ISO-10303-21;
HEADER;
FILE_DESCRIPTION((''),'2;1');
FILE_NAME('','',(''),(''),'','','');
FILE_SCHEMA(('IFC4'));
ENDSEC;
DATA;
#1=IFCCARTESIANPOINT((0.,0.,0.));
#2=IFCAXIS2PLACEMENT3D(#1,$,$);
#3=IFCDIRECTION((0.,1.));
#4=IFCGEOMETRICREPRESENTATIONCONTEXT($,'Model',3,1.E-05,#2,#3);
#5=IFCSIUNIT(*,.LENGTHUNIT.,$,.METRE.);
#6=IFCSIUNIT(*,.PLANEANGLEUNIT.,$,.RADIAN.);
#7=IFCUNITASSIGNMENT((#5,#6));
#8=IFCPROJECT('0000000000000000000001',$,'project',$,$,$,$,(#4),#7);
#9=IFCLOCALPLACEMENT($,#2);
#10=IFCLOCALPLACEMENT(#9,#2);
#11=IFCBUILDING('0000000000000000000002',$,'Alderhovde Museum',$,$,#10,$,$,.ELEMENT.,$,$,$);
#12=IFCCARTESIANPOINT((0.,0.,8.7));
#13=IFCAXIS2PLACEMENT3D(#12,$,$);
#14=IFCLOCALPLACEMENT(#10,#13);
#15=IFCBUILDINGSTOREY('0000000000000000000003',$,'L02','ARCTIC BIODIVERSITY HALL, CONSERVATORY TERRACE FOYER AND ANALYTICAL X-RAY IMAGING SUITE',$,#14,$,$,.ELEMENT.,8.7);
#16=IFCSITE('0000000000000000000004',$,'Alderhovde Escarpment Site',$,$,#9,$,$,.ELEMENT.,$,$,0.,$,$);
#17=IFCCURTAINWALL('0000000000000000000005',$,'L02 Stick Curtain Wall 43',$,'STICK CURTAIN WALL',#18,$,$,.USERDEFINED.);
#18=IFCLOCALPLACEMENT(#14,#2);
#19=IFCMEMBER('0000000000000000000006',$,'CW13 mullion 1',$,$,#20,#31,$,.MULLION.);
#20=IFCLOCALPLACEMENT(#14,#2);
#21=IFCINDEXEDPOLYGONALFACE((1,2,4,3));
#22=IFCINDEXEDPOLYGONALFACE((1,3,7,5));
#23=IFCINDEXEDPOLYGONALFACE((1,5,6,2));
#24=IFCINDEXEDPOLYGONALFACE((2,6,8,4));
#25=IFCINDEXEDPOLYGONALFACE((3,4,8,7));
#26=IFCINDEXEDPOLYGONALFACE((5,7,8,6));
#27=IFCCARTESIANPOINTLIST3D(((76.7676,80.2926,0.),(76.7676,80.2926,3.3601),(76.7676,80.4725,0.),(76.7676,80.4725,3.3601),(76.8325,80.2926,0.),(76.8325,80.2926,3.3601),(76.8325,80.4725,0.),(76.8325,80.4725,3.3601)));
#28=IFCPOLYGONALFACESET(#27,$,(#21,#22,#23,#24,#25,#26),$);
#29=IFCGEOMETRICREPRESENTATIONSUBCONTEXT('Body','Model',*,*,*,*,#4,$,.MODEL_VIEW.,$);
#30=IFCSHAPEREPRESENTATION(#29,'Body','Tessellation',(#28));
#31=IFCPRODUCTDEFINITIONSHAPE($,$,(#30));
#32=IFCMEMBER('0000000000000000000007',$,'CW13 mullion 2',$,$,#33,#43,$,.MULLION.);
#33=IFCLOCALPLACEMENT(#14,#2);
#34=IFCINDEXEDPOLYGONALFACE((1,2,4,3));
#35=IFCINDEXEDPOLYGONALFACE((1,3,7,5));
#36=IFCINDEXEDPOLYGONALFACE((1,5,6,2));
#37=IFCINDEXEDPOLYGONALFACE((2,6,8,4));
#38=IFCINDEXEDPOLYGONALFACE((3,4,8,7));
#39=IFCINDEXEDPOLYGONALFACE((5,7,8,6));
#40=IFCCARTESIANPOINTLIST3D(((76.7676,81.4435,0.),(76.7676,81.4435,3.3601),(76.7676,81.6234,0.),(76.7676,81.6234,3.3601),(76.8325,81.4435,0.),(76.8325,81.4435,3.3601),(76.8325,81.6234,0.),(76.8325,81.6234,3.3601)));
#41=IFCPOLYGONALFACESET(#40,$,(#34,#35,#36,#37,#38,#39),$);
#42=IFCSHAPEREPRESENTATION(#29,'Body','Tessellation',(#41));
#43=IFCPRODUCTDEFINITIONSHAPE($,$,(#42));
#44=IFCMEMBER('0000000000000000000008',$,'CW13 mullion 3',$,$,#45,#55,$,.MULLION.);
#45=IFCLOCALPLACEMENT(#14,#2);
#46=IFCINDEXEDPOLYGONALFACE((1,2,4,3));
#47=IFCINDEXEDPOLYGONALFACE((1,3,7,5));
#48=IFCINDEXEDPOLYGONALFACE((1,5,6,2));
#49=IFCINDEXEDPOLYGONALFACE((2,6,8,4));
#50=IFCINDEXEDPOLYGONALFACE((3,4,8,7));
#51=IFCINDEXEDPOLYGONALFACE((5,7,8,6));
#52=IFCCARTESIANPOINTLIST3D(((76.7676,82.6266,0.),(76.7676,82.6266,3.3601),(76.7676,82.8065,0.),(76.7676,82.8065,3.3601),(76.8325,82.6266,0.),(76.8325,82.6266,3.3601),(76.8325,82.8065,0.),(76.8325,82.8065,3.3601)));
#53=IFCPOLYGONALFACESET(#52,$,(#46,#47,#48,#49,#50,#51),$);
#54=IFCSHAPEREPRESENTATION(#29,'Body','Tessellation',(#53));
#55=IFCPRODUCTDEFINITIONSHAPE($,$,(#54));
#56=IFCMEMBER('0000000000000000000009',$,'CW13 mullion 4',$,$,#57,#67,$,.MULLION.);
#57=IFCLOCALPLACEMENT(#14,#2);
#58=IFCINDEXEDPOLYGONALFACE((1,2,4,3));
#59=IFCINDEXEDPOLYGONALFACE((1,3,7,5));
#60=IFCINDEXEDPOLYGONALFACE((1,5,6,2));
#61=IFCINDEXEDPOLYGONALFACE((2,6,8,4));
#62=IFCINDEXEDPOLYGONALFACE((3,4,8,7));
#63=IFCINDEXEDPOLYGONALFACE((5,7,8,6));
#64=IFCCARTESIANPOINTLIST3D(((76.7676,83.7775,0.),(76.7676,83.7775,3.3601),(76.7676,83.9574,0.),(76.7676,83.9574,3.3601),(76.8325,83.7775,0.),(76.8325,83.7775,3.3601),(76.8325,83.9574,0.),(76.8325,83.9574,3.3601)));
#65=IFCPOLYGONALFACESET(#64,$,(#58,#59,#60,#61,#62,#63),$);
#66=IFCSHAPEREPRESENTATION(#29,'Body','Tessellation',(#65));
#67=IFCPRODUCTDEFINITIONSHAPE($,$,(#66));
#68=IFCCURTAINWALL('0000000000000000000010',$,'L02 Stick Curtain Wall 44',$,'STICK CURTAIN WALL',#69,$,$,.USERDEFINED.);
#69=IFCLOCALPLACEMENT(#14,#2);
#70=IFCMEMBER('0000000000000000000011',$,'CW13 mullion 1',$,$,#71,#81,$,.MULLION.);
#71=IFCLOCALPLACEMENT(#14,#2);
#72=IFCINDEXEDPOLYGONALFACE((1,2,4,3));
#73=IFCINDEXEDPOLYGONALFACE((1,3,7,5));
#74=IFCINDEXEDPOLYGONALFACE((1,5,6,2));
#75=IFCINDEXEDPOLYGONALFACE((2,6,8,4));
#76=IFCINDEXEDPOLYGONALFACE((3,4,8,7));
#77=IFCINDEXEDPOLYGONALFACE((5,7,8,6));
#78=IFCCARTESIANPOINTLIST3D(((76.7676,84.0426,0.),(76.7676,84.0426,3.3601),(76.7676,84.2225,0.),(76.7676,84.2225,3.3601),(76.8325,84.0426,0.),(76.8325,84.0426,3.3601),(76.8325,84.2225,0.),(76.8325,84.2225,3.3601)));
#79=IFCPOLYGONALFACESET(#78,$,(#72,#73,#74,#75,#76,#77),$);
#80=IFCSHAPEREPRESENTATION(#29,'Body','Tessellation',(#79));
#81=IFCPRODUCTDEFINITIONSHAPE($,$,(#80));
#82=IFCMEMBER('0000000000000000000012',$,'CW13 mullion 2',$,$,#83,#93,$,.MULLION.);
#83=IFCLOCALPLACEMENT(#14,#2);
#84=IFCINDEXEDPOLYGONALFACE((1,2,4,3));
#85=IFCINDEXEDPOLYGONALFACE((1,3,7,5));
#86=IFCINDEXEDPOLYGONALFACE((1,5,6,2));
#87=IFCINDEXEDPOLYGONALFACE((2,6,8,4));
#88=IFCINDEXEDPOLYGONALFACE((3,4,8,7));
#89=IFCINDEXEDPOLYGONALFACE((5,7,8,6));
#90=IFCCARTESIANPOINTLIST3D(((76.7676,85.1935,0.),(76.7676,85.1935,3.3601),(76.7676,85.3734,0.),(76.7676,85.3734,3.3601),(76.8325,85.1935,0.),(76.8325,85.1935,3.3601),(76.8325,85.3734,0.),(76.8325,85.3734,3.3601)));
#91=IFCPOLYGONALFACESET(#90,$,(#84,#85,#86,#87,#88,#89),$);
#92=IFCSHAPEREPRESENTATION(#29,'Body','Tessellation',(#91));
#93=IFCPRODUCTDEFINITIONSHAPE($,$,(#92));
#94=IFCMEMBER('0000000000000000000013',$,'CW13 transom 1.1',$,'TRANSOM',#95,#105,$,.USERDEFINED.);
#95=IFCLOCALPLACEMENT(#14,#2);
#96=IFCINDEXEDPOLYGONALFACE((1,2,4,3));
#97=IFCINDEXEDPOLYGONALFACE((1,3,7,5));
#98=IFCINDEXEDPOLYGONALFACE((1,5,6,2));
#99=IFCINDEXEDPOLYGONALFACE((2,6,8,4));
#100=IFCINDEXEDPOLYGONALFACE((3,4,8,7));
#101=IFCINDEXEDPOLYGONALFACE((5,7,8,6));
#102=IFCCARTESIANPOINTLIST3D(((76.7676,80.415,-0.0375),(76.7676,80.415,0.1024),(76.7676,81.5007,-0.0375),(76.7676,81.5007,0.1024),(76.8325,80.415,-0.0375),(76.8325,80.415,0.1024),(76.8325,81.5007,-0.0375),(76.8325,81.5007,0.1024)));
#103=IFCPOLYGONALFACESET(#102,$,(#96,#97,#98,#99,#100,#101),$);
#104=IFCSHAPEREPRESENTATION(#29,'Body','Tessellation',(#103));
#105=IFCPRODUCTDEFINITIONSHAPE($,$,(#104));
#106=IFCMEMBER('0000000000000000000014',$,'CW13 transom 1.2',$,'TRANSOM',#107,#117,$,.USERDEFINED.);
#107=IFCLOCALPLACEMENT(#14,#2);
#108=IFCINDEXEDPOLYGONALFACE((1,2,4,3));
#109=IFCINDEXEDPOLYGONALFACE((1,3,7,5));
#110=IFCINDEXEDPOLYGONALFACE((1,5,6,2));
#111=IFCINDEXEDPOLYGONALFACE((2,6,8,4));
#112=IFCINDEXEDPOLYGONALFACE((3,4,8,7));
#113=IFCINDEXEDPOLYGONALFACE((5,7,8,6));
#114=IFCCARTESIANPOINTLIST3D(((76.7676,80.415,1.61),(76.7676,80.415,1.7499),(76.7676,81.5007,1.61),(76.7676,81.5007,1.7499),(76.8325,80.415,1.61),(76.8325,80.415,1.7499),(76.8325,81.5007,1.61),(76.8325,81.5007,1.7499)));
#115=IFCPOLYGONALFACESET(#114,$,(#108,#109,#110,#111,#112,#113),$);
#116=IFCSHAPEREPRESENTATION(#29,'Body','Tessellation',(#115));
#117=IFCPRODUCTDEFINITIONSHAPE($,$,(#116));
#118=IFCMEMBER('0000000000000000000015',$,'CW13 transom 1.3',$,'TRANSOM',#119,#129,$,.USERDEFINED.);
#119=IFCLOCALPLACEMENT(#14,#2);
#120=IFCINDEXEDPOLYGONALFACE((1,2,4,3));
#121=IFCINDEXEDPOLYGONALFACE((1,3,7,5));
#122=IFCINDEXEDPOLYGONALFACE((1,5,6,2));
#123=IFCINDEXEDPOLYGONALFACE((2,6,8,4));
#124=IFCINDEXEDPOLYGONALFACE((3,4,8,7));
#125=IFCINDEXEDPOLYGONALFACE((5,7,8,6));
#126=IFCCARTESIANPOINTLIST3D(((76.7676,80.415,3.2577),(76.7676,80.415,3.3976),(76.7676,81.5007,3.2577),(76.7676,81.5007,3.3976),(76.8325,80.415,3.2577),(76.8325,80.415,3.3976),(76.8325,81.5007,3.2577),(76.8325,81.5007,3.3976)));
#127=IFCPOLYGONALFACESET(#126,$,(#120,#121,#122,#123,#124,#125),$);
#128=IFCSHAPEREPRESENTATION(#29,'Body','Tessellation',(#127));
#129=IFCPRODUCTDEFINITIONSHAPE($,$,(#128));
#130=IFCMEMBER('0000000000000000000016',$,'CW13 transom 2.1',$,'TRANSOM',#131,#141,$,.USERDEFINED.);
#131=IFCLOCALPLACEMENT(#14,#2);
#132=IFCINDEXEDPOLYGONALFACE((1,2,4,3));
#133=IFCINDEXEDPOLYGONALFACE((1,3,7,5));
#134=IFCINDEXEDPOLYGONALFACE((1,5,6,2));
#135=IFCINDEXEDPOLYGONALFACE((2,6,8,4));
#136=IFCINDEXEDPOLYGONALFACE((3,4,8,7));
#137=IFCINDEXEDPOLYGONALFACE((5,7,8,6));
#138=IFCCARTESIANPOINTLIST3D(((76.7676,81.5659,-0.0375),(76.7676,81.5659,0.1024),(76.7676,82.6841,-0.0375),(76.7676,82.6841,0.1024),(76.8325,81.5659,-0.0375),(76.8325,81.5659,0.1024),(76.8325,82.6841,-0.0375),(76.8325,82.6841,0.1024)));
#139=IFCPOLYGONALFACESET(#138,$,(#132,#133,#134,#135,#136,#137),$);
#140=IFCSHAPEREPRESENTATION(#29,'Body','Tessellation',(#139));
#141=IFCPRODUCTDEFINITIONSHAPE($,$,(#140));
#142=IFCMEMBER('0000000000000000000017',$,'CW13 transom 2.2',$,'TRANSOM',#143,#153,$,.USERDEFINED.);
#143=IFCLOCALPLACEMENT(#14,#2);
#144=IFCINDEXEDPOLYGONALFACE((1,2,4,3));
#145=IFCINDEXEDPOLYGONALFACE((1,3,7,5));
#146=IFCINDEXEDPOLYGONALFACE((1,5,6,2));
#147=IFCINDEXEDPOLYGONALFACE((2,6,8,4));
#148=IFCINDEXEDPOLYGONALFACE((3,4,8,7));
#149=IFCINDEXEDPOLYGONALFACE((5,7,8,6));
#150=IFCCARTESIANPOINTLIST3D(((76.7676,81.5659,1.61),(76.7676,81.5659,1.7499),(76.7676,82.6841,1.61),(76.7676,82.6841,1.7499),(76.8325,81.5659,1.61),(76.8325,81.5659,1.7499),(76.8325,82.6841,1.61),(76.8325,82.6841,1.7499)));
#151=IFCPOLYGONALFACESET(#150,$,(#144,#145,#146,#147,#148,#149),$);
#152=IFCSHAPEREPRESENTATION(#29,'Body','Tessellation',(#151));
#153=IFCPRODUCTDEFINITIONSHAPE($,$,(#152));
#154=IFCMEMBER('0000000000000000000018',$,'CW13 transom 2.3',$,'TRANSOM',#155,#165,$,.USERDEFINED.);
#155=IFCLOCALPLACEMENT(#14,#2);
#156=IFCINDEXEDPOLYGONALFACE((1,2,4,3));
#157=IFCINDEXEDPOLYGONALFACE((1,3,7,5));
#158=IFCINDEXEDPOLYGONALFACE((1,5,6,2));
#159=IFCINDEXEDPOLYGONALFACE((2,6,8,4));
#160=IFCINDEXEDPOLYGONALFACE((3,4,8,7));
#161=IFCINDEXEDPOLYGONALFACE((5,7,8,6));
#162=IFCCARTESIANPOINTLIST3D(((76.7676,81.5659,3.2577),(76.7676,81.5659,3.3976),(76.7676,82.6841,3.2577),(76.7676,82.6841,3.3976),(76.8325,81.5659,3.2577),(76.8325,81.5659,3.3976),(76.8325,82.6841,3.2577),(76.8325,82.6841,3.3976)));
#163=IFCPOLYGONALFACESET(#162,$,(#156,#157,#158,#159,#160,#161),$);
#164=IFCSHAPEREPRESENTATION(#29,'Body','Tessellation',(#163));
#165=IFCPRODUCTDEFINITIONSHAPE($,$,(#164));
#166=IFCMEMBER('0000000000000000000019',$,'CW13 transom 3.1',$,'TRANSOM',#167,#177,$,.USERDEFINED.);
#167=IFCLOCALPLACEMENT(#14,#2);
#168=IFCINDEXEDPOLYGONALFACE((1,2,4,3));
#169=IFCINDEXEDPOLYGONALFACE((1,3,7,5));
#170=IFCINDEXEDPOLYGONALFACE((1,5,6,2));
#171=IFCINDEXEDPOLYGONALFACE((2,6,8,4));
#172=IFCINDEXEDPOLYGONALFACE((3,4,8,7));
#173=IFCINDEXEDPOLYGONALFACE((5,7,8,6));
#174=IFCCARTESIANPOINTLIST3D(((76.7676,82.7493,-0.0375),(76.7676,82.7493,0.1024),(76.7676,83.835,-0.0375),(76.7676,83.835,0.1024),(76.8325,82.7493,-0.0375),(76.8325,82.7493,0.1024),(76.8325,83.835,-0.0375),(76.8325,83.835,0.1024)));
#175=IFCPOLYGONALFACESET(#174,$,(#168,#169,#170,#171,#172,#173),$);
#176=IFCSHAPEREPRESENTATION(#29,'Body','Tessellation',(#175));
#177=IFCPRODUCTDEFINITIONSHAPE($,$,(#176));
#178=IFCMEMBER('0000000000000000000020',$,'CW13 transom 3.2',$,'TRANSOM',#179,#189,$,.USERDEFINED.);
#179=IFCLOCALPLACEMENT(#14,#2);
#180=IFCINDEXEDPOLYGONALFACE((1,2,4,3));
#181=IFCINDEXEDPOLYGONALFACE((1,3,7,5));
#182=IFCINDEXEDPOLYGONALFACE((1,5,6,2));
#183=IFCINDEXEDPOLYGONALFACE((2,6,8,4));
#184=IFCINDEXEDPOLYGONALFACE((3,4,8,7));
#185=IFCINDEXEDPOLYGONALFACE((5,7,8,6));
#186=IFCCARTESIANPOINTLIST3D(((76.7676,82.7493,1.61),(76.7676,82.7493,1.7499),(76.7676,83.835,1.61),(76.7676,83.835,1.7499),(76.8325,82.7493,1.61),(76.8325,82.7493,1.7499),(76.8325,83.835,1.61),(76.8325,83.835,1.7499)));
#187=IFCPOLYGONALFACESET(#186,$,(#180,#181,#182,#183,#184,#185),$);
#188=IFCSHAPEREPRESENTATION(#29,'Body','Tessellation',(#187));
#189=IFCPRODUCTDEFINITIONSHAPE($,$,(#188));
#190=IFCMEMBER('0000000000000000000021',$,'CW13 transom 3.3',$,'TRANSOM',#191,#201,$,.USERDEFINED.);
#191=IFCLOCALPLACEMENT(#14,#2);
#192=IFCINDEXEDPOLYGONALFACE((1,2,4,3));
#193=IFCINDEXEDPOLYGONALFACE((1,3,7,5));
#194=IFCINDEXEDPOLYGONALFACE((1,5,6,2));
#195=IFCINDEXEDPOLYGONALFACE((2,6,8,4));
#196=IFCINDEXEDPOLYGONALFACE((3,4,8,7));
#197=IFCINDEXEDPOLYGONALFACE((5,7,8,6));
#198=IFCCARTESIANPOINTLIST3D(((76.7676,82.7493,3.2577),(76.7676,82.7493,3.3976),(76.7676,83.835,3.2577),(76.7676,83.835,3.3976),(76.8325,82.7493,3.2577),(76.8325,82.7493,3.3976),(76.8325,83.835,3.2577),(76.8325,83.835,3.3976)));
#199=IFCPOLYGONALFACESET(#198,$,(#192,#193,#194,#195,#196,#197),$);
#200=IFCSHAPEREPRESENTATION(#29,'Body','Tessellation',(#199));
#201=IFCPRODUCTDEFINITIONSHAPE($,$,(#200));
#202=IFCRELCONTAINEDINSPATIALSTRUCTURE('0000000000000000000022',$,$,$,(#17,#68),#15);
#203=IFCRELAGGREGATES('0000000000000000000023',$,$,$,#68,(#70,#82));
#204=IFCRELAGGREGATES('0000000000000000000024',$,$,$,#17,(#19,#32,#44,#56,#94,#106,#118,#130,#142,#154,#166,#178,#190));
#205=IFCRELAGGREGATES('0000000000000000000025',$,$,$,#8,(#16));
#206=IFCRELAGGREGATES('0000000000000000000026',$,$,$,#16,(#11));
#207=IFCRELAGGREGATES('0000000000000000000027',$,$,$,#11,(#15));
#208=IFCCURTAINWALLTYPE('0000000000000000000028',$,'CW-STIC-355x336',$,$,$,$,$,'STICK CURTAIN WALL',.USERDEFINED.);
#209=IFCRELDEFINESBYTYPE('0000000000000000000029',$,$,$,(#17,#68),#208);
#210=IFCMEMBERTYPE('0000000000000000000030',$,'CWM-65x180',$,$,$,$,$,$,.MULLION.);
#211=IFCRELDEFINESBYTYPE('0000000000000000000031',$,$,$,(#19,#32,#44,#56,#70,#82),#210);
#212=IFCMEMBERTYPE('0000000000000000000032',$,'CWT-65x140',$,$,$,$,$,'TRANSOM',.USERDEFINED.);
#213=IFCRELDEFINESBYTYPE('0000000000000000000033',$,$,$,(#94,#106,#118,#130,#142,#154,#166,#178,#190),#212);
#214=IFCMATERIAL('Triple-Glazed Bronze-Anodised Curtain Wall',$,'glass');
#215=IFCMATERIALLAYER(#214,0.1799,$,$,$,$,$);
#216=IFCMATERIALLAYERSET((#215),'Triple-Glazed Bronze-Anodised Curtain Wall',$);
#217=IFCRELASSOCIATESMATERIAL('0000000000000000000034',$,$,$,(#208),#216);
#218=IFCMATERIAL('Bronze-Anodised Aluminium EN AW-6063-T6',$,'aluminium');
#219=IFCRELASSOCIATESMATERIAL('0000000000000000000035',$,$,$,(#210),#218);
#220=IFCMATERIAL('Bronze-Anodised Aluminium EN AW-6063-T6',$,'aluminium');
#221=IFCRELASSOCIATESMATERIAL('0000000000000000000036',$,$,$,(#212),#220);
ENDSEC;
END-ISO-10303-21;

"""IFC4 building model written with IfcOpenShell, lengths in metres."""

from ifc_helpers import new_model, si_unit, direction, frame, origin, origin_2d, place, context, subcontext, project, spatial, rectangle, extrude, material, layer, layer_set, material_profile, profile_set, type_object, element, aggregate, save


model = new_model("IFC4")

# Units and contexts
model_context = context("Model", 3, precision=1e-05, world=origin(), true_north=direction((0.0, 1.0)))
body_context = subcontext(model_context, "Body", "Model", "MODEL_VIEW")
ifc_project = project(units=[si_unit("LENGTHUNIT", "METRE"), si_unit("PLANEANGLEUNIT", "RADIAN")], contexts=[model_context])

# Site, building, storey
site_placement = place(None, origin())
site = spatial("IfcSite", under=ifc_project, at=site_placement, Name="Alderhovde Escarpment Site", CompositionType="ELEMENT", RefElevation=0.0)
building_placement = place(site_placement, origin())
building = spatial("IfcBuilding", under=site, at=building_placement, Name="Alderhovde Museum", CompositionType="ELEMENT")
storey_placement = place(building_placement, frame((0.0, 0.0, 8.7)))
storey = spatial("IfcBuildingStorey", under=building, at=storey_placement, Name="L02", Description="ARCTIC BIODIVERSITY HALL, CONSERVATORY TERRACE FOYER AND ANALYTICAL X-RAY IMAGING SUITE", CompositionType="ELEMENT", Elevation=8.7)

# Curtain walls, members
ifc_material_1 = material(Name="Triple-Glazed Bronze-Anodised Curtain Wall", Category="glass")
ifc_layer_1 = layer(ifc_material_1, 0.1799)
ifc_layer_set_1 = layer_set([ifc_layer_1], Name="Triple-Glazed Bronze-Anodised Curtain Wall")
curtain_wall_type = type_object("IfcCurtainWallType", Name="CW-STIC-355x336", ElementType="STICK CURTAIN WALL", PredefinedType="USERDEFINED", material=ifc_layer_set_1)
curtain_wall_1_placement = place(storey_placement, origin())
curtain_wall_1 = element("IfcCurtainWall", 1, at=curtain_wall_1_placement, inside=storey, type_object=curtain_wall_type, Name="L02 Stick Curtain Wall 43", ObjectType="STICK CURTAIN WALL", PredefinedType="USERDEFINED")
ifc_material_2 = material(Name="Bronze-Anodised Aluminium EN AW-6063-T6", Category="aluminium")
ifc_material_profile_1 = material_profile(ifc_material_2, rectangle(XDim=0.0649, YDim=0.1799, at=origin_2d()), Name="MULLION 65x180")
ifc_profile_set_1 = profile_set([ifc_material_profile_1], Name="Bronze-Anodised Aluminium EN AW-6063-T6")
member_type_1 = type_object("IfcMemberType", Name="CWM-65x180", PredefinedType="MULLION", material=ifc_profile_set_1)
member_1_placement = place(storey_placement, frame((76.8, 80.3826, 0.0), z_axis=(0.0, 0.0, 1.0), x_axis=(-1.0, 0.0, 0.0)))
member_1 = element("IfcMember", 2, at=member_1_placement, type_object=member_type_1, Name="CW13 mullion 1", PredefinedType="MULLION", context=body_context, shape_type="SweptSolid", body=[
    extrude(rectangle(XDim=0.0649, YDim=0.1799, at=origin_2d()), origin(), (0.0, 0.0, 1.0), 3.3601),
])
member_2_placement = place(storey_placement, frame((76.8, 81.5334, 0.0), z_axis=(0.0, 0.0, 1.0), x_axis=(-1.0, 0.0, 0.0)))
member_2 = element("IfcMember", 3, at=member_2_placement, type_object=member_type_1, Name="CW13 mullion 2", PredefinedType="MULLION", context=body_context, shape_type="SweptSolid", body=[
    extrude(rectangle(XDim=0.0649, YDim=0.1799, at=origin_2d()), origin(), (0.0, 0.0, 1.0), 3.3601),
])
member_3_placement = place(storey_placement, frame((76.8, 82.7166, 0.0), z_axis=(0.0, 0.0, 1.0), x_axis=(-1.0, 0.0, 0.0)))
member_3 = element("IfcMember", 4, at=member_3_placement, type_object=member_type_1, Name="CW13 mullion 3", PredefinedType="MULLION", context=body_context, shape_type="SweptSolid", body=[
    extrude(rectangle(XDim=0.0649, YDim=0.1799, at=origin_2d()), origin(), (0.0, 0.0, 1.0), 3.3601),
])
member_4_placement = place(storey_placement, frame((76.8, 83.8674, 0.0), z_axis=(0.0, 0.0, 1.0), x_axis=(-1.0, 0.0, 0.0)))
member_4 = element("IfcMember", 5, at=member_4_placement, type_object=member_type_1, Name="CW13 mullion 4", PredefinedType="MULLION", context=body_context, shape_type="SweptSolid", body=[
    extrude(rectangle(XDim=0.0649, YDim=0.1799, at=origin_2d()), origin(), (0.0, 0.0, 1.0), 3.3601),
])
curtain_wall_2_placement = place(storey_placement, origin())
curtain_wall_2 = element("IfcCurtainWall", 6, at=curtain_wall_2_placement, inside=storey, type_object=curtain_wall_type, Name="L02 Stick Curtain Wall 44", ObjectType="STICK CURTAIN WALL", PredefinedType="USERDEFINED")
member_5_placement = place(storey_placement, frame((76.8, 84.1326, 0.0), z_axis=(0.0, 0.0, 1.0), x_axis=(-1.0, 0.0, 0.0)))
member_5 = element("IfcMember", 7, at=member_5_placement, type_object=member_type_1, Name="CW13 mullion 1", PredefinedType="MULLION", context=body_context, shape_type="SweptSolid", body=[
    extrude(rectangle(XDim=0.0649, YDim=0.1799, at=origin_2d()), origin(), (0.0, 0.0, 1.0), 3.3601),
])
member_6_placement = place(storey_placement, frame((76.8, 85.2834, 0.0), z_axis=(0.0, 0.0, 1.0), x_axis=(-1.0, 0.0, 0.0)))
member_6 = element("IfcMember", 8, at=member_6_placement, type_object=member_type_1, Name="CW13 mullion 2", PredefinedType="MULLION", context=body_context, shape_type="SweptSolid", body=[
    extrude(rectangle(XDim=0.0649, YDim=0.1799, at=origin_2d()), origin(), (0.0, 0.0, 1.0), 3.3601),
])

# Members
ifc_material_3 = material(Name="Bronze-Anodised Aluminium EN AW-6063-T6", Category="aluminium")
ifc_material_profile_2 = material_profile(ifc_material_3, rectangle(XDim=0.0649, YDim=0.1399, at=origin_2d()), Name="TRANSOM 65x140")
ifc_profile_set_2 = profile_set([ifc_material_profile_2], Name="Bronze-Anodised Aluminium EN AW-6063-T6")
member_type_2 = type_object("IfcMemberType", Name="CWT-65x140", ElementType="TRANSOM", PredefinedType="USERDEFINED", material=ifc_profile_set_2)
member_7_placement = place(storey_placement, frame((76.8, 80.415, 0.0325), z_axis=(0.0, 1.0, 0.0), x_axis=(-1.0, 0.0, 0.0)))
member_7 = element("IfcMember", 9, at=member_7_placement, type_object=member_type_2, Name="CW13 transom 1.1", ObjectType="TRANSOM", PredefinedType="USERDEFINED", context=body_context, shape_type="SweptSolid", body=[
    extrude(rectangle(XDim=0.0649, YDim=0.1399, at=origin_2d()), origin(), (0.0, 0.0, 1.0), 1.0857),
])
member_8_placement = place(storey_placement, frame((76.8, 80.415, 1.6799), z_axis=(0.0, 1.0, 0.0), x_axis=(-1.0, 0.0, 0.0)))
member_8 = element("IfcMember", 10, at=member_8_placement, type_object=member_type_2, Name="CW13 transom 1.2", ObjectType="TRANSOM", PredefinedType="USERDEFINED", context=body_context, shape_type="SweptSolid", body=[
    extrude(rectangle(XDim=0.0649, YDim=0.1399, at=origin_2d()), origin(), (0.0, 0.0, 1.0), 1.0857),
])
member_9_placement = place(storey_placement, frame((76.8, 80.415, 3.3276), z_axis=(0.0, 1.0, 0.0), x_axis=(-1.0, 0.0, 0.0)))
member_9 = element("IfcMember", 11, at=member_9_placement, type_object=member_type_2, Name="CW13 transom 1.3", ObjectType="TRANSOM", PredefinedType="USERDEFINED", context=body_context, shape_type="SweptSolid", body=[
    extrude(rectangle(XDim=0.0649, YDim=0.1399, at=origin_2d()), origin(), (0.0, 0.0, 1.0), 1.0857),
])
member_10_placement = place(storey_placement, frame((76.8, 81.5659, 0.0325), z_axis=(0.0, 1.0, 0.0), x_axis=(-1.0, 0.0, 0.0)))
member_10 = element("IfcMember", 12, at=member_10_placement, type_object=member_type_2, Name="CW13 transom 2.1", ObjectType="TRANSOM", PredefinedType="USERDEFINED", context=body_context, shape_type="SweptSolid", body=[
    extrude(rectangle(XDim=0.0649, YDim=0.1399, at=origin_2d()), origin(), (0.0, 0.0, 1.0), 1.1182),
])
member_11_placement = place(storey_placement, frame((76.8, 81.5659, 1.6799), z_axis=(0.0, 1.0, 0.0), x_axis=(-1.0, 0.0, 0.0)))
member_11 = element("IfcMember", 13, at=member_11_placement, type_object=member_type_2, Name="CW13 transom 2.2", ObjectType="TRANSOM", PredefinedType="USERDEFINED", context=body_context, shape_type="SweptSolid", body=[
    extrude(rectangle(XDim=0.0649, YDim=0.1399, at=origin_2d()), origin(), (0.0, 0.0, 1.0), 1.1182),
])
member_12_placement = place(storey_placement, frame((76.8, 81.5659, 3.3276), z_axis=(0.0, 1.0, 0.0), x_axis=(-1.0, 0.0, 0.0)))
member_12 = element("IfcMember", 14, at=member_12_placement, type_object=member_type_2, Name="CW13 transom 2.3", ObjectType="TRANSOM", PredefinedType="USERDEFINED", context=body_context, shape_type="SweptSolid", body=[
    extrude(rectangle(XDim=0.0649, YDim=0.1399, at=origin_2d()), origin(), (0.0, 0.0, 1.0), 1.1182),
])
member_13_placement = place(storey_placement, frame((76.8, 82.7493, 0.0325), z_axis=(0.0, 1.0, 0.0), x_axis=(-1.0, 0.0, 0.0)))
member_13 = element("IfcMember", 15, at=member_13_placement, type_object=member_type_2, Name="CW13 transom 3.1", ObjectType="TRANSOM", PredefinedType="USERDEFINED", context=body_context, shape_type="SweptSolid", body=[
    extrude(rectangle(XDim=0.0649, YDim=0.1399, at=origin_2d()), origin(), (0.0, 0.0, 1.0), 1.0857),
])
member_14_placement = place(storey_placement, frame((76.8, 82.7493, 1.6799), z_axis=(0.0, 1.0, 0.0), x_axis=(-1.0, 0.0, 0.0)))
member_14 = element("IfcMember", 16, at=member_14_placement, type_object=member_type_2, Name="CW13 transom 3.2", ObjectType="TRANSOM", PredefinedType="USERDEFINED", context=body_context, shape_type="SweptSolid", body=[
    extrude(rectangle(XDim=0.0649, YDim=0.1399, at=origin_2d()), origin(), (0.0, 0.0, 1.0), 1.0857),
])
member_15_placement = place(storey_placement, frame((76.8, 82.7493, 3.3276), z_axis=(0.0, 1.0, 0.0), x_axis=(-1.0, 0.0, 0.0)))
member_15 = element("IfcMember", 17, at=member_15_placement, type_object=member_type_2, Name="CW13 transom 3.3", ObjectType="TRANSOM", PredefinedType="USERDEFINED", context=body_context, shape_type="SweptSolid", body=[
    extrude(rectangle(XDim=0.0649, YDim=0.1399, at=origin_2d()), origin(), (0.0, 0.0, 1.0), 1.0857),
])

aggregate(curtain_wall_2, [member_5, member_6])
aggregate(curtain_wall_1, [member_1, member_2, member_3, member_4, member_7, member_8, member_9, member_10, member_11, member_12, member_13, member_14, member_15])

save(model, "model.ifc")
